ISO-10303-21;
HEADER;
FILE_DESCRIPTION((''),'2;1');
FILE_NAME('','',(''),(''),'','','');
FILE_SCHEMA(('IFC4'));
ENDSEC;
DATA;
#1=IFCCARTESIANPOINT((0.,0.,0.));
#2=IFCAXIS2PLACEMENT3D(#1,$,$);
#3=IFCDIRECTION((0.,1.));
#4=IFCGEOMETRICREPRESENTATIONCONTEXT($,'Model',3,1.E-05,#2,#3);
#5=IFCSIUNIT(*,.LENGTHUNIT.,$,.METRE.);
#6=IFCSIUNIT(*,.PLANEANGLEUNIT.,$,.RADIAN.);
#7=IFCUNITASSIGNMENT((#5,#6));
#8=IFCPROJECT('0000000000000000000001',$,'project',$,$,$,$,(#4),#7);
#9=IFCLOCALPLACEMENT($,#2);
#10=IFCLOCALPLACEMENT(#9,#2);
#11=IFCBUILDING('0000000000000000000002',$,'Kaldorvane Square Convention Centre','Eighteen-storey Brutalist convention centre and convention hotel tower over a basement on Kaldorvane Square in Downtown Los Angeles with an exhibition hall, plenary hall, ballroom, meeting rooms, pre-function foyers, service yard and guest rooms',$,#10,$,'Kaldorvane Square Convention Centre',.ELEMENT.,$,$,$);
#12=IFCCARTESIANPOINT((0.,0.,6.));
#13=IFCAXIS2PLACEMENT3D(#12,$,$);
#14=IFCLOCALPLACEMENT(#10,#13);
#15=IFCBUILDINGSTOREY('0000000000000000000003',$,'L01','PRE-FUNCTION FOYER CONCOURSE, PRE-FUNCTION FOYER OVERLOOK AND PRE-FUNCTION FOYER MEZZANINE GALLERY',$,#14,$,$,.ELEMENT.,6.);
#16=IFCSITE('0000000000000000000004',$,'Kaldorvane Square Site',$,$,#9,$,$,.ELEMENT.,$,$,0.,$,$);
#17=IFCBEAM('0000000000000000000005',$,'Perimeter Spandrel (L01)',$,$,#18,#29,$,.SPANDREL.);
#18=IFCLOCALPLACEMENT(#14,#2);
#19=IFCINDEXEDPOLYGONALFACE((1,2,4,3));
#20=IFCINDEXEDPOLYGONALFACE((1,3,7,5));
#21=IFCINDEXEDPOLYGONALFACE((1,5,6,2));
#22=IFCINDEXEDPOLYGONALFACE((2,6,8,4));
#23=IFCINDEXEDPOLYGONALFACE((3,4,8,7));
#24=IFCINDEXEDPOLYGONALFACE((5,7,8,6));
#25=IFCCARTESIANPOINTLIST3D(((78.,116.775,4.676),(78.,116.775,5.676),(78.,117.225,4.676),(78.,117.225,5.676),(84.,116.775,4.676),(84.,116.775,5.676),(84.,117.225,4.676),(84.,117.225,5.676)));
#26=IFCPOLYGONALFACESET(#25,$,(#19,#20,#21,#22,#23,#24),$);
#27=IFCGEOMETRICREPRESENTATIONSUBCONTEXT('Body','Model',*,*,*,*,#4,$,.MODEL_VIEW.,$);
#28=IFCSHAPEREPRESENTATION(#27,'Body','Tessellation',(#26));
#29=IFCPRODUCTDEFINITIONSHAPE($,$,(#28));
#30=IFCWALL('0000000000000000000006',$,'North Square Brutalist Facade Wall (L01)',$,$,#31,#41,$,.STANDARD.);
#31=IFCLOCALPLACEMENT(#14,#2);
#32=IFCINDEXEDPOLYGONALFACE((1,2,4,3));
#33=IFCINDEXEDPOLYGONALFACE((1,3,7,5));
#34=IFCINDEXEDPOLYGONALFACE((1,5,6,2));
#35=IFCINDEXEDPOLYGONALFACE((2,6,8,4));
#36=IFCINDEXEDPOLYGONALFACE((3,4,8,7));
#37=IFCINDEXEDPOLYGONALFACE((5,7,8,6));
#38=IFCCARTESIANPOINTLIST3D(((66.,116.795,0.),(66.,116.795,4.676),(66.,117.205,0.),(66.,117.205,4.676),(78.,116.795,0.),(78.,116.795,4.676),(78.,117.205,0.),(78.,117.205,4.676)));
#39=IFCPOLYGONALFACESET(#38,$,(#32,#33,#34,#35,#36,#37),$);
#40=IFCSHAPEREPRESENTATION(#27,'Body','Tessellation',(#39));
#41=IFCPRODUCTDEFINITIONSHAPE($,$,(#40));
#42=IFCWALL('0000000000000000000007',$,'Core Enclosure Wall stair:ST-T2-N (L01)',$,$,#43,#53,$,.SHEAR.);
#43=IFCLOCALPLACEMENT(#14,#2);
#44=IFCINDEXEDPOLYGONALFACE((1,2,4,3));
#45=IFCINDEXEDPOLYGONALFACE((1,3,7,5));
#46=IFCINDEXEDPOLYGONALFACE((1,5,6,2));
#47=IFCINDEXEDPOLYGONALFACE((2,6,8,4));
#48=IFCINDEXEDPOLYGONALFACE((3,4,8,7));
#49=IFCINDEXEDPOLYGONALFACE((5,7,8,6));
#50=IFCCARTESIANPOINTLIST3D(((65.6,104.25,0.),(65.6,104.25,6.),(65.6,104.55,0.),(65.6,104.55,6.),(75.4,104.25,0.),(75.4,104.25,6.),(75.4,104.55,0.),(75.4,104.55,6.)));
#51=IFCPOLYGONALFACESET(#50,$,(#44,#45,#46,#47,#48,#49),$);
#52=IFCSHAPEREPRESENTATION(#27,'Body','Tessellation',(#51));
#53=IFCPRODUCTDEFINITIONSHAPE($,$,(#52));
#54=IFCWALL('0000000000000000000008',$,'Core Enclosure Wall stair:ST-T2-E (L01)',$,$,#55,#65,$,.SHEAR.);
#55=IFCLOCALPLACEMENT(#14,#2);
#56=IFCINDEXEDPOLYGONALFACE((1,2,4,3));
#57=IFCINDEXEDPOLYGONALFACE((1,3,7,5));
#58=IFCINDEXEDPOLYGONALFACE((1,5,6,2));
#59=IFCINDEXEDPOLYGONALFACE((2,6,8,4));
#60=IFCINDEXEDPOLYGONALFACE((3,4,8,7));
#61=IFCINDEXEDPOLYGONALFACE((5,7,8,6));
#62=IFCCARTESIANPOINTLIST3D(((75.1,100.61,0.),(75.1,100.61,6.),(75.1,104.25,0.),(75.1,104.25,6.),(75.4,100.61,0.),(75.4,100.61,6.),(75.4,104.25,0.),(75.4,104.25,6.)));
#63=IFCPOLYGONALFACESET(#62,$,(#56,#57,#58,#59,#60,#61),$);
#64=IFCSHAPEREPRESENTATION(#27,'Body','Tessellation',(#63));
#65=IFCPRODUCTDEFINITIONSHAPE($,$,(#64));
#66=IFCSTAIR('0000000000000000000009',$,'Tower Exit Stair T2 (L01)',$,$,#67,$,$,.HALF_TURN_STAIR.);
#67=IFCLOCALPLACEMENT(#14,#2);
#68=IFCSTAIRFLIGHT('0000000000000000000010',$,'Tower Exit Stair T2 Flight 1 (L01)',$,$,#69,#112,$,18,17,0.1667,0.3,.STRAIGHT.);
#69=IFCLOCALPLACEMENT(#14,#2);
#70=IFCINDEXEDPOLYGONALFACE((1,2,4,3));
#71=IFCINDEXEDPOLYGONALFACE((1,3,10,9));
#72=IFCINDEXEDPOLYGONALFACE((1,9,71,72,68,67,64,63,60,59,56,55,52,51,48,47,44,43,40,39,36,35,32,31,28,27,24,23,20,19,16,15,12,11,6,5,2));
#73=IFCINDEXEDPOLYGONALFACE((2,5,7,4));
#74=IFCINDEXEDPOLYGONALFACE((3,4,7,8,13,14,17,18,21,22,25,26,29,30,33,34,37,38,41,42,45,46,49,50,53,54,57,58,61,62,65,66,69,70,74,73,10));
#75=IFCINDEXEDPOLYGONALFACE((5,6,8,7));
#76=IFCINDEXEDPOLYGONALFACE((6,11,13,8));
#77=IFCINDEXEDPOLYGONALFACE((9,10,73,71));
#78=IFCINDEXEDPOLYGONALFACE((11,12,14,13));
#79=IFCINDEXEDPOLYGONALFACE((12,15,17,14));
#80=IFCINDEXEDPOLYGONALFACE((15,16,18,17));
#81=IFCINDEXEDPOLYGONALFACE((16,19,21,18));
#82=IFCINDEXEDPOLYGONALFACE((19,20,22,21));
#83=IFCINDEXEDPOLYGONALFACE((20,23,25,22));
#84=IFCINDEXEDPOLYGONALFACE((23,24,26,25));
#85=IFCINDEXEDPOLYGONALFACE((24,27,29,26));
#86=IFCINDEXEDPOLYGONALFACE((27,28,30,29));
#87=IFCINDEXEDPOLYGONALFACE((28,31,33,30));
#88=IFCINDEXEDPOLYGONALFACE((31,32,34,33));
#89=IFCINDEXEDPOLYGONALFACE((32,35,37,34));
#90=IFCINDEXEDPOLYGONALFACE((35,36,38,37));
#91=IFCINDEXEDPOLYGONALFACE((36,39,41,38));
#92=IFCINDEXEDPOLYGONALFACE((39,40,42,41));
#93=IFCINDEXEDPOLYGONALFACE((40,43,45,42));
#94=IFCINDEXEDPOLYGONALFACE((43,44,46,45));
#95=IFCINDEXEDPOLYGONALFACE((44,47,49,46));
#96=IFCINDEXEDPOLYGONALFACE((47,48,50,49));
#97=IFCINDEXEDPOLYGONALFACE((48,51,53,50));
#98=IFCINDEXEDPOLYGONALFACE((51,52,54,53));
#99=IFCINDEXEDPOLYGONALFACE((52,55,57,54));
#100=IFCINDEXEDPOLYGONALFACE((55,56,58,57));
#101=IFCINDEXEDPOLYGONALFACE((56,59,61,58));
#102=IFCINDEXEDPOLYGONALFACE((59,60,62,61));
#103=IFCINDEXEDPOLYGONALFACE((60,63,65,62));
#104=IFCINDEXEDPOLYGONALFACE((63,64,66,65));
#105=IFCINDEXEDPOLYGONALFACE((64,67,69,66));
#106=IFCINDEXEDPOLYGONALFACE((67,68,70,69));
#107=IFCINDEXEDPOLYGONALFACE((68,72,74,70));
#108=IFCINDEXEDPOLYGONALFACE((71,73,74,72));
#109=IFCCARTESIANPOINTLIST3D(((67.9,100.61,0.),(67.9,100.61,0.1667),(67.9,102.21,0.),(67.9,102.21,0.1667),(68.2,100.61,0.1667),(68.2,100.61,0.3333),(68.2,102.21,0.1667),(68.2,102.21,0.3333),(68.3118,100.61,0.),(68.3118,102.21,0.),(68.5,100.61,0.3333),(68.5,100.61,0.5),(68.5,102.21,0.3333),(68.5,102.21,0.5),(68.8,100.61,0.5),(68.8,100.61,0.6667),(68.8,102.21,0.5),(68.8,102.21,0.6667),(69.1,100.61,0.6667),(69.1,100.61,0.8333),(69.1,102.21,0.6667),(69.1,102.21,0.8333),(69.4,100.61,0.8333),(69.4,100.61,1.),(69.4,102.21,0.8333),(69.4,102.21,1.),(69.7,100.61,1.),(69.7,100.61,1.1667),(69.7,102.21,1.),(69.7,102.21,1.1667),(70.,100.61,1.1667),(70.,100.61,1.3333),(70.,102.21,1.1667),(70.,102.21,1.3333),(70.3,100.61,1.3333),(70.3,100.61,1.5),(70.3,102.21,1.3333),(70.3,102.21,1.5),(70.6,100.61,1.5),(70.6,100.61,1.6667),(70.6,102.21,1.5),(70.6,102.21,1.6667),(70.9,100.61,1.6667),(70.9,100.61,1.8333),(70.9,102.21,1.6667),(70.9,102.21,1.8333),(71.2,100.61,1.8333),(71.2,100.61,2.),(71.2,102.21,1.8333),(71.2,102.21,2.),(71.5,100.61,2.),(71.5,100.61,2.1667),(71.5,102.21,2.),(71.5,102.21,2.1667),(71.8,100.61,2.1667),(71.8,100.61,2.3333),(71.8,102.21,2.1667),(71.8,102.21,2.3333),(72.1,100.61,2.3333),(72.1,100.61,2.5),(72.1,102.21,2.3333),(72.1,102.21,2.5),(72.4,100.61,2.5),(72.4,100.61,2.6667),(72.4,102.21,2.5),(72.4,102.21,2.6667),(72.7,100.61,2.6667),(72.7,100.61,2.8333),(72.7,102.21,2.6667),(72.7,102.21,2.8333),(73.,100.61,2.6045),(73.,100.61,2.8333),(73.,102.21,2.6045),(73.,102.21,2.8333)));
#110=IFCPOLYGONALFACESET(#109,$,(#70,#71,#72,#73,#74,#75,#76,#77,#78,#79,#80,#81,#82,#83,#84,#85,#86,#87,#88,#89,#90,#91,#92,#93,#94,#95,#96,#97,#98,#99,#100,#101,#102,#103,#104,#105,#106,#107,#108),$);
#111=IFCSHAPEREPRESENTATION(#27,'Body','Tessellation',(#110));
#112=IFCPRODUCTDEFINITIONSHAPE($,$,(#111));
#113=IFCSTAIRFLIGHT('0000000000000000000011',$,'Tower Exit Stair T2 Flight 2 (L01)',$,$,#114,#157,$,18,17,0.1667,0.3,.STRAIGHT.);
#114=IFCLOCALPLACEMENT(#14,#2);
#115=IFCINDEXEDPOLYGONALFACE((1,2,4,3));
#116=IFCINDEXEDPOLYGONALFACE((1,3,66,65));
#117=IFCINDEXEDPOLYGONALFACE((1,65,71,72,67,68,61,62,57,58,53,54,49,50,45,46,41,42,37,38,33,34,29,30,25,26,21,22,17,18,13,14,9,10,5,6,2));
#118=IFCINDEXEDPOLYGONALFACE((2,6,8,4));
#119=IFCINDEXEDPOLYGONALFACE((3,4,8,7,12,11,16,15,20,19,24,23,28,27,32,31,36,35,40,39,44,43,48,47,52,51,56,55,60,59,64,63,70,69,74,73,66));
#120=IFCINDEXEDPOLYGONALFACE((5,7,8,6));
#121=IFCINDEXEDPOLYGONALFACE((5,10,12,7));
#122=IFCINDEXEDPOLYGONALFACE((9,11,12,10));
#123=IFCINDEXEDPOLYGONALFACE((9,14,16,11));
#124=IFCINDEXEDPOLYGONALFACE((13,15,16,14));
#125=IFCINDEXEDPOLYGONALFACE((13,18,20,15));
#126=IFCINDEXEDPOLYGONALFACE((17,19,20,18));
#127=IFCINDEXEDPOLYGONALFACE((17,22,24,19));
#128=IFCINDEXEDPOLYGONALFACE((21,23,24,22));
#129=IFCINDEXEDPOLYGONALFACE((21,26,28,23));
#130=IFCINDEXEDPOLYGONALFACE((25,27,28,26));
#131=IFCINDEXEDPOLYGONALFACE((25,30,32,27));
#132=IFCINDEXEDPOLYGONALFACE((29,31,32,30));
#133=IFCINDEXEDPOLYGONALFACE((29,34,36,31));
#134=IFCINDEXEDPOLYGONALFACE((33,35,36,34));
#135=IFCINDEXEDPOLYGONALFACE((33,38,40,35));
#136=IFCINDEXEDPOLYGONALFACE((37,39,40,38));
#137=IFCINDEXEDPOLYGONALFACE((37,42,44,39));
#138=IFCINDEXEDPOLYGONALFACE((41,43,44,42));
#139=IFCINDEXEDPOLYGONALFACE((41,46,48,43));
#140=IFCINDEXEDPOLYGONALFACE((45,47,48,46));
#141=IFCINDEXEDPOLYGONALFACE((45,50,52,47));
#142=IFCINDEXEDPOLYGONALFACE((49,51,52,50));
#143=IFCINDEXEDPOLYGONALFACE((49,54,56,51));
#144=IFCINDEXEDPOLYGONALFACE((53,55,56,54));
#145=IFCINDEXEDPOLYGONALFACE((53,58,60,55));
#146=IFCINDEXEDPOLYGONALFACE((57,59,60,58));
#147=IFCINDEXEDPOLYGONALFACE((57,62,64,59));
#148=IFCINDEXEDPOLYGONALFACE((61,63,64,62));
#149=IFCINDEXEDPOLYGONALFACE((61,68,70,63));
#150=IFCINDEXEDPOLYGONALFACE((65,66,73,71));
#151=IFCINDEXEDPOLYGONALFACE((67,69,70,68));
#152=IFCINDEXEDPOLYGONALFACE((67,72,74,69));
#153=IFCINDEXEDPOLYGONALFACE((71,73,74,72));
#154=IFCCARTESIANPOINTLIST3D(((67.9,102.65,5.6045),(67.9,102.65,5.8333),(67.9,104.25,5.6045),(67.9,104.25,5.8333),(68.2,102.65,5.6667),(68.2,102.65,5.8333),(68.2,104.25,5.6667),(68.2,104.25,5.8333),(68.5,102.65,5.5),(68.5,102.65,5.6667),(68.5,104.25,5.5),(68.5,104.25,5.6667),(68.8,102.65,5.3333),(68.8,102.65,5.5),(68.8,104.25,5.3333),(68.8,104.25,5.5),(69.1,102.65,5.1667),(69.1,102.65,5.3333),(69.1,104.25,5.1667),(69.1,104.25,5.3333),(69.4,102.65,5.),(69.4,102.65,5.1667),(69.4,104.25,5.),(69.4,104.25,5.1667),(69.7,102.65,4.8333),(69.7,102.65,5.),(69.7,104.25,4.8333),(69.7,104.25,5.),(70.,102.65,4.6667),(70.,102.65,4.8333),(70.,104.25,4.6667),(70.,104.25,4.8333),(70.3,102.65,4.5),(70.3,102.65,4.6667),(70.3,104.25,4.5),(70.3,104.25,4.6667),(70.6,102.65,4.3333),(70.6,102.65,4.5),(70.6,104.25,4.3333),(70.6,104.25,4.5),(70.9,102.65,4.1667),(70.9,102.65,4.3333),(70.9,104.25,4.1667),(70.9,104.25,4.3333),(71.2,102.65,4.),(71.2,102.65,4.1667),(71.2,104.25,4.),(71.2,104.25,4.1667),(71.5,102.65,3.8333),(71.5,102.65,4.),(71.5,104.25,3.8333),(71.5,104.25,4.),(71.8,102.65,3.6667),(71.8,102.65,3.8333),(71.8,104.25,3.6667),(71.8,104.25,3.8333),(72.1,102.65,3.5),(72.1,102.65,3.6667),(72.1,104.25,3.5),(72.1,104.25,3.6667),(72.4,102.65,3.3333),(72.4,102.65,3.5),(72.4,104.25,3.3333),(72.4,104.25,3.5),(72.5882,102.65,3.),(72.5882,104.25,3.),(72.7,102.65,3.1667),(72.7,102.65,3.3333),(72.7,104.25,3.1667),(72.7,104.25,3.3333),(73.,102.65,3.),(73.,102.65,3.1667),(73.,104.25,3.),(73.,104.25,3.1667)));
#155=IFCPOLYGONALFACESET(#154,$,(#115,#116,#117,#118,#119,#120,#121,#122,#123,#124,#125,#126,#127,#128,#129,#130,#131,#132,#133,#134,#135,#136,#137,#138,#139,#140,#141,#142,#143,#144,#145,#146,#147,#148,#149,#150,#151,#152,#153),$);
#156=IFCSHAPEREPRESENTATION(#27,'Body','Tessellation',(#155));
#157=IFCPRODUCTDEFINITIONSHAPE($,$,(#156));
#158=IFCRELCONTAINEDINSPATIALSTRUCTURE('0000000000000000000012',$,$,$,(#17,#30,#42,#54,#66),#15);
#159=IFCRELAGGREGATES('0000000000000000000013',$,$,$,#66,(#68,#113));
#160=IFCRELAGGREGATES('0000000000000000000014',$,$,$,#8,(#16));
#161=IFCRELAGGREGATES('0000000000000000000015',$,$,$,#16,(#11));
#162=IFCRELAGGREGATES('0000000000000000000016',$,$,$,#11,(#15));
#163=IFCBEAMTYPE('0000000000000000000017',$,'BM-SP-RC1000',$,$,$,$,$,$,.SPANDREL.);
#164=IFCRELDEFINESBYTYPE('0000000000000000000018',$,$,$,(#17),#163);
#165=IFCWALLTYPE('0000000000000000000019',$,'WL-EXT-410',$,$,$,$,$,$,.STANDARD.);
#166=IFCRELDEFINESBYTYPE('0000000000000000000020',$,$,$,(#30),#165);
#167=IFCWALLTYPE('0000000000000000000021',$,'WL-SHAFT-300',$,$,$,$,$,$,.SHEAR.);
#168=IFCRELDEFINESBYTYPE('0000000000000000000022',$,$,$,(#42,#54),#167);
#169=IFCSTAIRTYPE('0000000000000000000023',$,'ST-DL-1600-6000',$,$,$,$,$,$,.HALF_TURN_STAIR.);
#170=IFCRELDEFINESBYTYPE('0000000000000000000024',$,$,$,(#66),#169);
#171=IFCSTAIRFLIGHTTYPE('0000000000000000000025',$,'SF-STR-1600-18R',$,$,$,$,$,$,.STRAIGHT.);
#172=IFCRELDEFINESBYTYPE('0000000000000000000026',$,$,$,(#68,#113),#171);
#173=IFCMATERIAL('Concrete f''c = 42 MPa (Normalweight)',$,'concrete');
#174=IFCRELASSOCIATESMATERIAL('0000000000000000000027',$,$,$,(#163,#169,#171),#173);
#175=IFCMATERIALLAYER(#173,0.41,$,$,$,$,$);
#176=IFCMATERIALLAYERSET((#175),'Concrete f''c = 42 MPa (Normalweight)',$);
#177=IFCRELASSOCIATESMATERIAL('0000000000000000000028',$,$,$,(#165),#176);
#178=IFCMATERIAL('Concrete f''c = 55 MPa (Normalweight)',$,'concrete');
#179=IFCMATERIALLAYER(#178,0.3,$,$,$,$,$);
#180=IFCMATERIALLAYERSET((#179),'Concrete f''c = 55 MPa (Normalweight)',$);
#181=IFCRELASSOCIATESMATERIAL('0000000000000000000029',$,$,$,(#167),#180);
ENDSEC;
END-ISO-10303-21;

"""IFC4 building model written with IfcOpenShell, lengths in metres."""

from ifc_helpers import new_model, si_unit, direction, frame, frame_2d, origin, origin_2d, place, context, subcontext, project, spatial, polyline, rectangle, outline, extrude, material, layer, layer_set, material_profile, profile_set, type_object, element, aggregate, save


model = new_model("IFC4")

# Units and contexts
model_context = context("Model", 3, precision=1e-05, world=origin(), true_north=direction((0.0, 1.0)))
body_context = subcontext(model_context, "Body", "Model", "MODEL_VIEW")
ifc_project = project(units=[si_unit("LENGTHUNIT", "METRE"), si_unit("PLANEANGLEUNIT", "RADIAN")], contexts=[model_context])

# Site, building, storey
site_placement = place(None, origin())
site = spatial("IfcSite", under=ifc_project, at=site_placement, Name="Kaldorvane Square Site", CompositionType="ELEMENT", RefElevation=0.0)
building_placement = place(site_placement, origin())
building = spatial("IfcBuilding", under=site, at=building_placement, Name="Kaldorvane Square Convention Centre", Description="Eighteen-storey Brutalist convention centre and convention hotel tower over a basement on Kaldorvane Square in Downtown Los Angeles with an exhibition hall, plenary hall, ballroom, meeting rooms, pre-function foyers, service yard and guest rooms", LongName="Kaldorvane Square Convention Centre", CompositionType="ELEMENT")
storey_placement = place(building_placement, frame((0.0, 0.0, 6.0)))
storey = spatial("IfcBuildingStorey", under=building, at=storey_placement, Name="L01", Description="PRE-FUNCTION FOYER CONCOURSE, PRE-FUNCTION FOYER OVERLOOK AND PRE-FUNCTION FOYER MEZZANINE GALLERY", CompositionType="ELEMENT", Elevation=6.0)

# Shared definitions
ifc_material_1 = material(Name="Concrete f'c = 55 MPa (Normalweight)", Category="concrete")

# Beam
ifc_material_2 = material(Name="Concrete f'c = 42 MPa (Normalweight)", Category="concrete")
ifc_material_profile_1 = material_profile(ifc_material_2, rectangle(XDim=0.45, YDim=1.0, at=origin_2d()), Name="RCSP1000X450")
ifc_profile_set_1 = profile_set([ifc_material_profile_1], Name="Concrete f'c = 42 MPa (Normalweight)")
beam_type_1 = type_object("IfcBeamType", Name="BM-SP-RC1000", PredefinedType="SPANDREL", material=ifc_profile_set_1)
beam_1_placement = place(storey_placement, frame((78.0, 117.0, 5.176), z_axis=(1.0, 0.0, 0.0), x_axis=(0.0, 1.0, 0.0)))
element("IfcBeam", 1, at=beam_1_placement, inside=storey, type_object=beam_type_1, Name="Perimeter Spandrel (L01)", PredefinedType="SPANDREL", context=body_context, shape_type="SweptSolid", body=[
    extrude(rectangle(XDim=0.45, YDim=1.0, at=origin_2d()), origin(), (0.0, 0.0, 1.0), 6.0),
])

# Walls
ifc_layer_1 = layer(ifc_material_2, 0.41)
ifc_layer_set_1 = layer_set([ifc_layer_1], Name="Concrete f'c = 42 MPa (Normalweight)")
wall_type_1 = type_object("IfcWallType", Name="WL-EXT-410", PredefinedType="STANDARD", material=ifc_layer_set_1)
wall_1_placement = place(storey_placement, frame((78.0, 117.0, 0.0), z_axis=(0.0, 0.0, 1.0), x_axis=(-1.0, 0.0, 0.0)))
element("IfcWall", 2, at=wall_1_placement, inside=storey, type_object=wall_type_1, Name="North Square Brutalist Facade Wall (L01)", PredefinedType="STANDARD", context=body_context, shape_type="SweptSolid", body=[
    extrude(rectangle(XDim=12.0, YDim=0.41, at=frame_2d((6.0, 0.0))), origin(), (0.0, 0.0, 1.0), 4.676),
])
ifc_layer_2 = layer(ifc_material_1, 0.3)
ifc_layer_set_2 = layer_set([ifc_layer_2], Name="Concrete f'c = 55 MPa (Normalweight)")
wall_type_2 = type_object("IfcWallType", Name="WL-SHAFT-300", PredefinedType="SHEAR", material=ifc_layer_set_2)
wall_2_placement = place(storey_placement, frame((75.4, 104.4, 0.0), z_axis=(0.0, 0.0, 1.0), x_axis=(-1.0, 0.0, 0.0)))
element("IfcWall", 3, at=wall_2_placement, inside=storey, type_object=wall_type_2, Name="Core Enclosure Wall stair:ST-T2-N (L01)", PredefinedType="SHEAR", context=body_context, shape_type="SweptSolid", body=[
    extrude(rectangle(XDim=9.8, YDim=0.3, at=frame_2d((4.9, 0.0))), origin(), (0.0, 0.0, 1.0), 6.0),
])
wall_3_placement = place(storey_placement, frame((75.25, 100.61, 0.0), z_axis=(0.0, 0.0, 1.0), x_axis=(0.0, 1.0, 0.0)))
element("IfcWall", 4, at=wall_3_placement, inside=storey, type_object=wall_type_2, Name="Core Enclosure Wall stair:ST-T2-E (L01)", PredefinedType="SHEAR", context=body_context, shape_type="SweptSolid", body=[
    extrude(rectangle(XDim=3.64, YDim=0.3, at=frame_2d((1.82, 0.0))), origin(), (0.0, 0.0, 1.0), 6.0),
])

# Stair, stair flights
stair_type = type_object("IfcStairType", Name="ST-DL-1600-6000", PredefinedType="HALF_TURN_STAIR", material=ifc_material_2)
stair_placement = place(storey_placement, origin())
stair = element("IfcStair", 5, at=stair_placement, inside=storey, type_object=stair_type, Name="Tower Exit Stair T2 (L01)", PredefinedType="HALF_TURN_STAIR")
stair_flight_type = type_object("IfcStairFlightType", Name="SF-STR-1600-18R", PredefinedType="STRAIGHT", material=ifc_material_2)
stair_flight_1_placement = place(storey_placement, frame((67.9, 101.41, 0.0), z_axis=(0.0, 0.0, 1.0), x_axis=(1.0, 0.0, 0.0)))
stair_flight_1 = element("IfcStairFlight", 6, at=stair_flight_1_placement, type_object=stair_flight_type, Name="Tower Exit Stair T2 Flight 1 (L01)", NumberOfRisers=18, NumberOfTreads=17, PredefinedType="STRAIGHT", RiserHeight=0.1667, TreadLength=0.3, context=body_context, shape_type="SweptSolid", body=[
    extrude(outline(polyline([(0.0, 0.0), (0.0, 0.1667), (0.3, 0.1667), (0.3, 0.3333), (0.6, 0.3333), (0.6, 0.5), (0.9, 0.5), (0.9, 0.6667), (1.2, 0.6667), (1.2, 0.8333), (1.5, 0.8333), (1.5, 1.0), (1.8, 1.0), (1.8, 1.1667), (2.1, 1.1667), (2.1, 1.3333), (2.4, 1.3333), (2.4, 1.5), (2.7, 1.5), (2.7, 1.6667), (3.0, 1.6667), (3.0, 1.8333), (3.3, 1.8333), (3.3, 2.0), (3.6, 2.0), (3.6, 2.1667), (3.9, 2.1667), (3.9, 2.3333), (4.2, 2.3333), (4.2, 2.5), (4.5, 2.5), (4.5, 2.6667), (4.8, 2.6667), (4.8, 2.8333), (5.1, 2.8333), (5.1, 3.0), (5.1, 2.6045), (0.4118, 0.0), (0.0, 0.0)])), frame((0.0, 0.8, 0.0), z_axis=(0.0, -1.0, 0.0), x_axis=(1.0, 0.0, 0.0)), (0.0, 0.0, 1.0), 1.6),
])
stair_flight_2_placement = place(storey_placement, frame((73.0, 103.45, 3.0), z_axis=(0.0, 0.0, 1.0), x_axis=(-1.0, 0.0, 0.0)))
stair_flight_2 = element("IfcStairFlight", 7, at=stair_flight_2_placement, type_object=stair_flight_type, Name="Tower Exit Stair T2 Flight 2 (L01)", NumberOfRisers=18, NumberOfTreads=17, PredefinedType="STRAIGHT", RiserHeight=0.1667, TreadLength=0.3, context=body_context, shape_type="SweptSolid", body=[
    extrude(outline(polyline([(0.0, 0.0), (0.0, 0.1667), (0.3, 0.1667), (0.3, 0.3333), (0.6, 0.3333), (0.6, 0.5), (0.9, 0.5), (0.9, 0.6667), (1.2, 0.6667), (1.2, 0.8333), (1.5, 0.8333), (1.5, 1.0), (1.8, 1.0), (1.8, 1.1667), (2.1, 1.1667), (2.1, 1.3333), (2.4, 1.3333), (2.4, 1.5), (2.7, 1.5), (2.7, 1.6667), (3.0, 1.6667), (3.0, 1.8333), (3.3, 1.8333), (3.3, 2.0), (3.6, 2.0), (3.6, 2.1667), (3.9, 2.1667), (3.9, 2.3333), (4.2, 2.3333), (4.2, 2.5), (4.5, 2.5), (4.5, 2.6667), (4.8, 2.6667), (4.8, 2.8333), (5.1, 2.8333), (5.1, 3.0), (5.1, 2.6045), (0.4118, 0.0), (0.0, 0.0)])), frame((0.0, 0.8, 0.0), z_axis=(0.0, -1.0, 0.0), x_axis=(1.0, 0.0, 0.0)), (0.0, 0.0, 1.0), 1.6),
])
aggregate(stair, [stair_flight_1, stair_flight_2])

save(model, "model.ifc")
